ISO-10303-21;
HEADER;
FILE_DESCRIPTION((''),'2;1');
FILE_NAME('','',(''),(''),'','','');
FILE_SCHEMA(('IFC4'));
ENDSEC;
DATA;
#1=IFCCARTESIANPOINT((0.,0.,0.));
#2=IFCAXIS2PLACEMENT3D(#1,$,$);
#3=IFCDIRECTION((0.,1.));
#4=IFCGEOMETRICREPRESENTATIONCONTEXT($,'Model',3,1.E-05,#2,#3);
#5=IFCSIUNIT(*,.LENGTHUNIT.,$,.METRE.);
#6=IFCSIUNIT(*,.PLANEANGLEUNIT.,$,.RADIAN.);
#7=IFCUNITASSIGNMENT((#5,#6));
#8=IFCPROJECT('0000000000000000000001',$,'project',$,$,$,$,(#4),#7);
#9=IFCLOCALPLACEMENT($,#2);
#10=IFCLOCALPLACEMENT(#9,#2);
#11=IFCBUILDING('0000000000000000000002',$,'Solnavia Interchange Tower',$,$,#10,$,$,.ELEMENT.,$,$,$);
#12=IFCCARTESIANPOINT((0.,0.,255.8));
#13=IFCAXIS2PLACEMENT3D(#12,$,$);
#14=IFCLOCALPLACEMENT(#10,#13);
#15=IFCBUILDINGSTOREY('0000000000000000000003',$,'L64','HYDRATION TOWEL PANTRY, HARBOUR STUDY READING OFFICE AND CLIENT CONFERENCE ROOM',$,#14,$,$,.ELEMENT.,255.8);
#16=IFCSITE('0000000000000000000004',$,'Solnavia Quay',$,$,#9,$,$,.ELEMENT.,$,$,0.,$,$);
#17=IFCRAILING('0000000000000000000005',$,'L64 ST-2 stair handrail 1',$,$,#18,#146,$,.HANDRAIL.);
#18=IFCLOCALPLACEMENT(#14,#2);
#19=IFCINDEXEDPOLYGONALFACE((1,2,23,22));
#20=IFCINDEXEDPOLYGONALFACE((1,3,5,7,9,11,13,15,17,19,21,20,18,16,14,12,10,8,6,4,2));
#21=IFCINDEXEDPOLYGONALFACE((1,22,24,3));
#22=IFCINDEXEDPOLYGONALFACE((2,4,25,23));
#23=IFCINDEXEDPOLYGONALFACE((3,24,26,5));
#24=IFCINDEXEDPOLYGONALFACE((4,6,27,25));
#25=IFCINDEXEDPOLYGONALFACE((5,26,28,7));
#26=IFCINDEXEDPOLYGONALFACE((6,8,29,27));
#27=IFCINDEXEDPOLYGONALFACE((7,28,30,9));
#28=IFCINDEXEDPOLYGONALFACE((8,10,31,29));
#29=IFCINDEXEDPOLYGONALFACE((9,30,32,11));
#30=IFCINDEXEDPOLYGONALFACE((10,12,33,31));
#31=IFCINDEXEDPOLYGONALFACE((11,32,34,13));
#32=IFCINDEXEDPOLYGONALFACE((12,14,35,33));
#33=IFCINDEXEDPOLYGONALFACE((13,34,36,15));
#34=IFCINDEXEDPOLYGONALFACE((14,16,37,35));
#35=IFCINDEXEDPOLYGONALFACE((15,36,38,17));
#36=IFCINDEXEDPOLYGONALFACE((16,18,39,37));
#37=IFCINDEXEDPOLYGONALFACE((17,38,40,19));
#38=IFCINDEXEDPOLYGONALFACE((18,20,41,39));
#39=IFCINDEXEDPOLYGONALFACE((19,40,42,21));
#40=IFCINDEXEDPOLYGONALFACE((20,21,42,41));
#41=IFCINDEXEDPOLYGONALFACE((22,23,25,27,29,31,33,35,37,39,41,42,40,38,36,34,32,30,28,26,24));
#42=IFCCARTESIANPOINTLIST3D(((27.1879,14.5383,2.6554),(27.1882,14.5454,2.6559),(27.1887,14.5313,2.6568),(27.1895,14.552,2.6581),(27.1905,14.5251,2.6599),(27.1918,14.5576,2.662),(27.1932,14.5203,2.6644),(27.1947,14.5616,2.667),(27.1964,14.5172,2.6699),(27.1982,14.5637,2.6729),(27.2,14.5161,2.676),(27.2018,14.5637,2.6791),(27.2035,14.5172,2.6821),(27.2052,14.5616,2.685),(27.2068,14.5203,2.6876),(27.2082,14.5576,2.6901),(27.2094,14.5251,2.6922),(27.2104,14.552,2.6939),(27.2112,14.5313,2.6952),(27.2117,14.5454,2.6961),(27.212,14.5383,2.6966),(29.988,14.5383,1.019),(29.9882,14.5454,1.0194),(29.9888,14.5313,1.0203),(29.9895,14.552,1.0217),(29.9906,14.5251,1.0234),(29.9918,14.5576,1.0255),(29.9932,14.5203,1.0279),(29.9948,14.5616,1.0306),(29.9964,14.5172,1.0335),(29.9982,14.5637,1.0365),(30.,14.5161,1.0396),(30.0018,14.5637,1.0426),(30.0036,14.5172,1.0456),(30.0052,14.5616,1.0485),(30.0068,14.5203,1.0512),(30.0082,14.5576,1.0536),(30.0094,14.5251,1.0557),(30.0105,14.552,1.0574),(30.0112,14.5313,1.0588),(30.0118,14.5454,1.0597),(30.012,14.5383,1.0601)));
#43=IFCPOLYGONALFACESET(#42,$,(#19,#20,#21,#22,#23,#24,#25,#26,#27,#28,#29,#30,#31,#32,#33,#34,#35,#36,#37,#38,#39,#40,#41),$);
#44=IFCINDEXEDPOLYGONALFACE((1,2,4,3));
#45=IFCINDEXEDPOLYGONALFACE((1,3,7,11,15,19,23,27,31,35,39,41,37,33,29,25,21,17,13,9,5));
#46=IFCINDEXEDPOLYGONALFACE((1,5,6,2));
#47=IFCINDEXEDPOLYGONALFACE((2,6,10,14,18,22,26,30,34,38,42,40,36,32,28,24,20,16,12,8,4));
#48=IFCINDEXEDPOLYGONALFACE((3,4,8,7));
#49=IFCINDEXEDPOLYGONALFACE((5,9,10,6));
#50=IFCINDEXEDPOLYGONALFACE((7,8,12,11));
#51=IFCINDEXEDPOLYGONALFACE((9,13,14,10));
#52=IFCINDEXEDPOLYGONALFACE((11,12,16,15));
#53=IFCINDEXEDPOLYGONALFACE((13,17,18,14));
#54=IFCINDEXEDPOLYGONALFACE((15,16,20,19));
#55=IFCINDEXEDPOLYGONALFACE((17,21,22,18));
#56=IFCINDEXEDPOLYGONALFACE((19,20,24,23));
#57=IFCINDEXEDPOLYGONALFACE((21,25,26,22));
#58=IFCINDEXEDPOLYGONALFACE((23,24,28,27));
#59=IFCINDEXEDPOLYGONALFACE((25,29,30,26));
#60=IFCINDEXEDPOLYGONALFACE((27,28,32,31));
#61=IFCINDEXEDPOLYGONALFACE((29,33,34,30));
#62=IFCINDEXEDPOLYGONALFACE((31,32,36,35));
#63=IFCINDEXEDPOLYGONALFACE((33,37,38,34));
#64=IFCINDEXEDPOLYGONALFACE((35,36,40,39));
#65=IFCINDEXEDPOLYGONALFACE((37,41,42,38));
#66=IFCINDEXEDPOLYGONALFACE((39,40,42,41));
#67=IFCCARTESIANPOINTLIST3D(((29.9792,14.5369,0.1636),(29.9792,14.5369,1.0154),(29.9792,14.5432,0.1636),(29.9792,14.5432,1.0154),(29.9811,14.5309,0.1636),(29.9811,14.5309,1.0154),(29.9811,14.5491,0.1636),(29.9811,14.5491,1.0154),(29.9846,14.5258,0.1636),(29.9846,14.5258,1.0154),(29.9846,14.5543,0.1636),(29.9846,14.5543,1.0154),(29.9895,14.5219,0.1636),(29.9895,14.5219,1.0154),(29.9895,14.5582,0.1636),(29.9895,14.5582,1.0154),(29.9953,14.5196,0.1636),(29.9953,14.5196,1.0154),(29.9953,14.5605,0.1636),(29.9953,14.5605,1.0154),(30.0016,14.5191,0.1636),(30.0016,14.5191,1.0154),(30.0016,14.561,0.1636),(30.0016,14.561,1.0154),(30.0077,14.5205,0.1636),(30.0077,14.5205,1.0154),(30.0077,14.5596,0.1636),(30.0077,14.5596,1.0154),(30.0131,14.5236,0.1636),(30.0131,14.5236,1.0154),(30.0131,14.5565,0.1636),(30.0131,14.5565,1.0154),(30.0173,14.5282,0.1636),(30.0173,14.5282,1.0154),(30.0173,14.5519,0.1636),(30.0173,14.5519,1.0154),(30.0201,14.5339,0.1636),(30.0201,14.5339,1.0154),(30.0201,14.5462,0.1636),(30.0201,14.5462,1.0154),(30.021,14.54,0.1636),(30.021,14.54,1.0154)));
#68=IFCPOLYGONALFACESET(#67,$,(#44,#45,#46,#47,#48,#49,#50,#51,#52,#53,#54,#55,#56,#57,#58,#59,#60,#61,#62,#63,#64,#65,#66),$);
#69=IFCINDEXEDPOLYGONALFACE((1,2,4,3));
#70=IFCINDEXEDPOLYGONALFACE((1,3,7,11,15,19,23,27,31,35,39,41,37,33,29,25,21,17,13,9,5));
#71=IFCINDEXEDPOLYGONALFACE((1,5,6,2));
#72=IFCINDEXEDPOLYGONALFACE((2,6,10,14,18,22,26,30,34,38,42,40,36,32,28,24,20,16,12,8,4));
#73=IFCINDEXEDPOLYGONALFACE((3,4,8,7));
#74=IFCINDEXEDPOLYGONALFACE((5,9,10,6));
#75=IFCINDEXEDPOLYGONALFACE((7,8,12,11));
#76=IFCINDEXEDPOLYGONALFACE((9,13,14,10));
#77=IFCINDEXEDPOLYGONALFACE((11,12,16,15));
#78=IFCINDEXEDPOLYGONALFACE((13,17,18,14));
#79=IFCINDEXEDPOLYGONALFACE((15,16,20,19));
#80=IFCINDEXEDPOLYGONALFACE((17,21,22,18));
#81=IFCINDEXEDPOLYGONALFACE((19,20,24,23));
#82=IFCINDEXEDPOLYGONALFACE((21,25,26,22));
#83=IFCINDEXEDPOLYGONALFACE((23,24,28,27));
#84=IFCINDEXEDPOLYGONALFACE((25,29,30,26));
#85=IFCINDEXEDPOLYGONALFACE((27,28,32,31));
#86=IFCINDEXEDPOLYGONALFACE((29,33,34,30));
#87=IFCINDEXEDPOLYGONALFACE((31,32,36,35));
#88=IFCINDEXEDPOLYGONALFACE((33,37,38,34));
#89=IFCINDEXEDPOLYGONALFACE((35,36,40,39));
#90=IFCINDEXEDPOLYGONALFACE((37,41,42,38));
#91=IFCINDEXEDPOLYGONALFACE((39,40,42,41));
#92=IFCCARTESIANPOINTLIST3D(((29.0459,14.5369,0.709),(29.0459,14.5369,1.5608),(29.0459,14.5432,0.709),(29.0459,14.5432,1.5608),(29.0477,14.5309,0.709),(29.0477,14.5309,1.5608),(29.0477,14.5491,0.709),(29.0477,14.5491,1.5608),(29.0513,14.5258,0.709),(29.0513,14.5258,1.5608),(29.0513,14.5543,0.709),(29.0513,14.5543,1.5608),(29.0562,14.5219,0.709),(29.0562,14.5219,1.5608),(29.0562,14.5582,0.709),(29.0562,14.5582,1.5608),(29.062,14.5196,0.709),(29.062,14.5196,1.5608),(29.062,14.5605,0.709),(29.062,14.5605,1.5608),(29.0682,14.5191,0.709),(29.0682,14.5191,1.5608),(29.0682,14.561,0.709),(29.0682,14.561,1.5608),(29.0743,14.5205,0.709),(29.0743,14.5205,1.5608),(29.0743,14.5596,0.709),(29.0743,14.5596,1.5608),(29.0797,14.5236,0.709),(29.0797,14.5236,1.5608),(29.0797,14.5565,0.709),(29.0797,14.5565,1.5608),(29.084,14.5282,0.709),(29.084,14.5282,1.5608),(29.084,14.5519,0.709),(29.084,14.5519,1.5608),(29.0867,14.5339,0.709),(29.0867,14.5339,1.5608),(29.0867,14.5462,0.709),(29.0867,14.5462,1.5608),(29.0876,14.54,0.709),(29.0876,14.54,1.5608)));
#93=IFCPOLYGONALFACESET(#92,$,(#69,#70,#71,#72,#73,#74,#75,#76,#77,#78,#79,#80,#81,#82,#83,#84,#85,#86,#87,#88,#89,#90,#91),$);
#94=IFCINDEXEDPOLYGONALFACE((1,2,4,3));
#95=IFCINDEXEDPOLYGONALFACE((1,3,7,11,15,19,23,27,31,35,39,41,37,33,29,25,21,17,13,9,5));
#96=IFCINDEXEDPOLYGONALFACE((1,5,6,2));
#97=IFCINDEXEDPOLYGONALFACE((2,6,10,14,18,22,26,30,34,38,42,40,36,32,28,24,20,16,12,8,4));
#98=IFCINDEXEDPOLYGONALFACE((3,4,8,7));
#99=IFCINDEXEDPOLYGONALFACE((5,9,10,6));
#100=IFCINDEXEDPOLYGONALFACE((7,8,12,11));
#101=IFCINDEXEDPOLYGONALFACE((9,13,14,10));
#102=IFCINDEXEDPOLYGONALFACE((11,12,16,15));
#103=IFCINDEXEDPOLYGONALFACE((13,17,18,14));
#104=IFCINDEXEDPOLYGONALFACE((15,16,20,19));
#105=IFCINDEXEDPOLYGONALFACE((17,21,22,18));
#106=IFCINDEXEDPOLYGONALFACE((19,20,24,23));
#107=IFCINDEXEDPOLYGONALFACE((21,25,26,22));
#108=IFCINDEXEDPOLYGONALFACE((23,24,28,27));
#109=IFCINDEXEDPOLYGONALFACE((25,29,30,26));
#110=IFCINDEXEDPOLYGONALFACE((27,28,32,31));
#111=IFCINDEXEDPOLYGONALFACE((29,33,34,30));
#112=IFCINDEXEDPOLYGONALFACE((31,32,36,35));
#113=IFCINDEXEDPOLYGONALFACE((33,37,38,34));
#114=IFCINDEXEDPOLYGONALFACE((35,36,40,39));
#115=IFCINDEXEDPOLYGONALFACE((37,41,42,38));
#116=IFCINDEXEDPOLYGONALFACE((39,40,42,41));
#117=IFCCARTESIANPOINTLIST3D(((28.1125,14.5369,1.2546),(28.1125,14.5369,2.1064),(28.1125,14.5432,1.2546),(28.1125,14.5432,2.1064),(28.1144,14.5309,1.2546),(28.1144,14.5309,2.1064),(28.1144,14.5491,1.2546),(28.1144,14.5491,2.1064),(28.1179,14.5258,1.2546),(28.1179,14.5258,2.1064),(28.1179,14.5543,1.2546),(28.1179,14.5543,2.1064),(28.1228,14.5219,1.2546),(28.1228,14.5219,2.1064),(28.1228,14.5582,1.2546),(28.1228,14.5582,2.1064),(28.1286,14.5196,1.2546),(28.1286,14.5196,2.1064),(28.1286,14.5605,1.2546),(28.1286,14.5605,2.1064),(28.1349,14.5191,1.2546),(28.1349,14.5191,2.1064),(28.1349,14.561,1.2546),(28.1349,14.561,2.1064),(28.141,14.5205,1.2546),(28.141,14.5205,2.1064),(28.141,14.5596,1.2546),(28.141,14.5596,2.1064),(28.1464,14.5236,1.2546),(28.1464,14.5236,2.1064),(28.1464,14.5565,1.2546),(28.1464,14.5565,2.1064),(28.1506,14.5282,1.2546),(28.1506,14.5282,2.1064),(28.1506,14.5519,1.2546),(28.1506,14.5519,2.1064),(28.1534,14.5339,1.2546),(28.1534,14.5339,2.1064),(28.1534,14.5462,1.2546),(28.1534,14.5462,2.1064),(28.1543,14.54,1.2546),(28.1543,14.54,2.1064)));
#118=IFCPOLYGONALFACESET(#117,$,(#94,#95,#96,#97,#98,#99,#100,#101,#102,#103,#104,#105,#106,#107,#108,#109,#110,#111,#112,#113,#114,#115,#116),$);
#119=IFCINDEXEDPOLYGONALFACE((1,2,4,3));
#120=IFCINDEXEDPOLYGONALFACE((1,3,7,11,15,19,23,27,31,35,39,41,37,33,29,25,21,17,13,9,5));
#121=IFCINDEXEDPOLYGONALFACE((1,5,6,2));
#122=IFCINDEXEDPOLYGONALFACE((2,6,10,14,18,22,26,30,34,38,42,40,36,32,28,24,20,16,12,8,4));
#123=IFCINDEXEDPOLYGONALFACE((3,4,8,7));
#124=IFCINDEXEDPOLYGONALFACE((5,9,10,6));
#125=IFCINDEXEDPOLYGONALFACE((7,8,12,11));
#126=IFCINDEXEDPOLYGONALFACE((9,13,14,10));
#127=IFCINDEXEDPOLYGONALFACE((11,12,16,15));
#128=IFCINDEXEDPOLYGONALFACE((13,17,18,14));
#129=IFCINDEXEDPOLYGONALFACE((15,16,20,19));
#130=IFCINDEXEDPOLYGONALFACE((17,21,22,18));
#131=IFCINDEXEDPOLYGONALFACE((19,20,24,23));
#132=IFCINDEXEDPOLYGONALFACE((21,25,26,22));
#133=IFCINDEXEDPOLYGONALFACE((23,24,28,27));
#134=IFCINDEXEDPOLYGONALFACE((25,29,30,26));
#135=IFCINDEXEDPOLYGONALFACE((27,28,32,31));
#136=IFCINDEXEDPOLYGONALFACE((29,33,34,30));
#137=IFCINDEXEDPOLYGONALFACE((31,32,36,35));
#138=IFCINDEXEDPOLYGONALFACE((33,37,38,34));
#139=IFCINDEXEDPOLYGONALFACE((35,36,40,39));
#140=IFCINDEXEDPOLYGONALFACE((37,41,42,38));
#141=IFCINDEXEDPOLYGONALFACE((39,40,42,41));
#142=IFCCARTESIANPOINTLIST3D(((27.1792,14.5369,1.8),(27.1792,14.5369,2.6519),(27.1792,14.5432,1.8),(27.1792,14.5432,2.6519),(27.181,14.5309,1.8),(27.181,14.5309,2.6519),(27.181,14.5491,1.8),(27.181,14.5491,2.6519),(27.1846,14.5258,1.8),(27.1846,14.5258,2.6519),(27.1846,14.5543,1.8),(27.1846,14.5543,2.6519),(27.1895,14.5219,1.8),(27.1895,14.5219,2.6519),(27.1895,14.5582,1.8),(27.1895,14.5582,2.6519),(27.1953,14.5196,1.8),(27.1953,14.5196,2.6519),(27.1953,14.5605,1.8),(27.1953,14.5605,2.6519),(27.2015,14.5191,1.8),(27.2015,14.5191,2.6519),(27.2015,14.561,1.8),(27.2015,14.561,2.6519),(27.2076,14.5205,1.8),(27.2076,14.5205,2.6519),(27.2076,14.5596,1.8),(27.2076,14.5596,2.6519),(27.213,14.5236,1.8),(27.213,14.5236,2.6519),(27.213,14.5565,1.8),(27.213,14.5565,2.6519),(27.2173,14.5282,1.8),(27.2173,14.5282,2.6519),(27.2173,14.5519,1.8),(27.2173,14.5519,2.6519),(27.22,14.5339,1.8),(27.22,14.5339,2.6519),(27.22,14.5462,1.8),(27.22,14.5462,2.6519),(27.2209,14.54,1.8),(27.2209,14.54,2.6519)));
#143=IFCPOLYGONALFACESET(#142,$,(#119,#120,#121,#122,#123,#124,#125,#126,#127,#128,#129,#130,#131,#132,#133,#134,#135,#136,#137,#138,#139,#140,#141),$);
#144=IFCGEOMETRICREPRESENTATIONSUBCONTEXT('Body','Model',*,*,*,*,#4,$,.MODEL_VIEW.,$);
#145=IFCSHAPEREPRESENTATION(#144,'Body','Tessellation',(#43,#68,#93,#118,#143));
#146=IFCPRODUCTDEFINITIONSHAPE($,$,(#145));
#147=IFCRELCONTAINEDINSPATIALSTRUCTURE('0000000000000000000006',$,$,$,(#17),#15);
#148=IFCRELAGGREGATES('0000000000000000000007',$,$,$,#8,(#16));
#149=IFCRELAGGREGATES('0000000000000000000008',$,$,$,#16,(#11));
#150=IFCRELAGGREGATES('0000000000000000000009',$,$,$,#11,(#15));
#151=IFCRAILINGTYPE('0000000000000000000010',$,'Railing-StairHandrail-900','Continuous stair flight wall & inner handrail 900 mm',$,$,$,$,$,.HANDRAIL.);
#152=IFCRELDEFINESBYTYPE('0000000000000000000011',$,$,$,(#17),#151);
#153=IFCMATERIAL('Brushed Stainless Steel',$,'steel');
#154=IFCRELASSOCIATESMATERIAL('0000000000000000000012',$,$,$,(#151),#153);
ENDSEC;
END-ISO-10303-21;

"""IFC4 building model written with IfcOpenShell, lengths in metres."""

from ifc_helpers import new_model, si_unit, direction, frame, origin, origin_2d, place, context, subcontext, project, spatial, circle, extrude, material, type_object, element, save


model = new_model("IFC4")

# Units and contexts
model_context = context("Model", 3, precision=1e-05, world=origin(), true_north=direction((0.0, 1.0)))
body_context = subcontext(model_context, "Body", "Model", "MODEL_VIEW")
ifc_project = project(units=[si_unit("LENGTHUNIT", "METRE"), si_unit("PLANEANGLEUNIT", "RADIAN")], contexts=[model_context])

# Site, building, storey
site_placement = place(None, origin())
site = spatial("IfcSite", under=ifc_project, at=site_placement, Name="Solnavia Quay", CompositionType="ELEMENT", RefElevation=0.0)
building_placement = place(site_placement, origin())
building = spatial("IfcBuilding", under=site, at=building_placement, Name="Solnavia Interchange Tower", CompositionType="ELEMENT")
storey_placement = place(building_placement, frame((0.0, 0.0, 255.8)))
storey = spatial("IfcBuildingStorey", under=building, at=storey_placement, Name="L64", Description="HYDRATION TOWEL PANTRY, HARBOUR STUDY READING OFFICE AND CLIENT CONFERENCE ROOM", CompositionType="ELEMENT", Elevation=255.8)

# Railing
ifc_material_1 = material(Name="Brushed Stainless Steel", Category="steel")
railing_type = type_object("IfcRailingType", Name="Railing-StairHandrail-900", Description="Continuous stair flight wall & inner handrail 900 mm", PredefinedType="HANDRAIL", material=ifc_material_1)
railing_placement = place(storey_placement, frame((30.0, 14.54, 0.1636)))
element("IfcRailing", 1, at=railing_placement, inside=storey, type_object=railing_type, Name="L64 ST-2 stair handrail 1", PredefinedType="HANDRAIL", context=body_context, shape_type="SweptSolid", body=[
    extrude(circle(Radius=0.0239, at=origin_2d()), frame((0.0, 0.0, 0.876), z_axis=(-0.863361, 0.0, 0.504587), x_axis=(0.0, -1.0, 0.0)), (0.0, 0.0, 1.0), 3.2432),
    extrude(circle(Radius=0.021, at=origin_2d()), origin(), (0.0, 0.0, 1.0), 0.8518),
    extrude(circle(Radius=0.021, at=origin_2d()), frame((-0.9333, 0.0, 0.5454)), (0.0, 0.0, 1.0), 0.8518),
    extrude(circle(Radius=0.021, at=origin_2d()), frame((-1.8667, 0.0, 1.0911)), (0.0, 0.0, 1.0), 0.8518),
    extrude(circle(Radius=0.021, at=origin_2d()), frame((-2.8, 0.0, 1.6365)), (0.0, 0.0, 1.0), 0.8518),
])

save(model, "model.ifc")
